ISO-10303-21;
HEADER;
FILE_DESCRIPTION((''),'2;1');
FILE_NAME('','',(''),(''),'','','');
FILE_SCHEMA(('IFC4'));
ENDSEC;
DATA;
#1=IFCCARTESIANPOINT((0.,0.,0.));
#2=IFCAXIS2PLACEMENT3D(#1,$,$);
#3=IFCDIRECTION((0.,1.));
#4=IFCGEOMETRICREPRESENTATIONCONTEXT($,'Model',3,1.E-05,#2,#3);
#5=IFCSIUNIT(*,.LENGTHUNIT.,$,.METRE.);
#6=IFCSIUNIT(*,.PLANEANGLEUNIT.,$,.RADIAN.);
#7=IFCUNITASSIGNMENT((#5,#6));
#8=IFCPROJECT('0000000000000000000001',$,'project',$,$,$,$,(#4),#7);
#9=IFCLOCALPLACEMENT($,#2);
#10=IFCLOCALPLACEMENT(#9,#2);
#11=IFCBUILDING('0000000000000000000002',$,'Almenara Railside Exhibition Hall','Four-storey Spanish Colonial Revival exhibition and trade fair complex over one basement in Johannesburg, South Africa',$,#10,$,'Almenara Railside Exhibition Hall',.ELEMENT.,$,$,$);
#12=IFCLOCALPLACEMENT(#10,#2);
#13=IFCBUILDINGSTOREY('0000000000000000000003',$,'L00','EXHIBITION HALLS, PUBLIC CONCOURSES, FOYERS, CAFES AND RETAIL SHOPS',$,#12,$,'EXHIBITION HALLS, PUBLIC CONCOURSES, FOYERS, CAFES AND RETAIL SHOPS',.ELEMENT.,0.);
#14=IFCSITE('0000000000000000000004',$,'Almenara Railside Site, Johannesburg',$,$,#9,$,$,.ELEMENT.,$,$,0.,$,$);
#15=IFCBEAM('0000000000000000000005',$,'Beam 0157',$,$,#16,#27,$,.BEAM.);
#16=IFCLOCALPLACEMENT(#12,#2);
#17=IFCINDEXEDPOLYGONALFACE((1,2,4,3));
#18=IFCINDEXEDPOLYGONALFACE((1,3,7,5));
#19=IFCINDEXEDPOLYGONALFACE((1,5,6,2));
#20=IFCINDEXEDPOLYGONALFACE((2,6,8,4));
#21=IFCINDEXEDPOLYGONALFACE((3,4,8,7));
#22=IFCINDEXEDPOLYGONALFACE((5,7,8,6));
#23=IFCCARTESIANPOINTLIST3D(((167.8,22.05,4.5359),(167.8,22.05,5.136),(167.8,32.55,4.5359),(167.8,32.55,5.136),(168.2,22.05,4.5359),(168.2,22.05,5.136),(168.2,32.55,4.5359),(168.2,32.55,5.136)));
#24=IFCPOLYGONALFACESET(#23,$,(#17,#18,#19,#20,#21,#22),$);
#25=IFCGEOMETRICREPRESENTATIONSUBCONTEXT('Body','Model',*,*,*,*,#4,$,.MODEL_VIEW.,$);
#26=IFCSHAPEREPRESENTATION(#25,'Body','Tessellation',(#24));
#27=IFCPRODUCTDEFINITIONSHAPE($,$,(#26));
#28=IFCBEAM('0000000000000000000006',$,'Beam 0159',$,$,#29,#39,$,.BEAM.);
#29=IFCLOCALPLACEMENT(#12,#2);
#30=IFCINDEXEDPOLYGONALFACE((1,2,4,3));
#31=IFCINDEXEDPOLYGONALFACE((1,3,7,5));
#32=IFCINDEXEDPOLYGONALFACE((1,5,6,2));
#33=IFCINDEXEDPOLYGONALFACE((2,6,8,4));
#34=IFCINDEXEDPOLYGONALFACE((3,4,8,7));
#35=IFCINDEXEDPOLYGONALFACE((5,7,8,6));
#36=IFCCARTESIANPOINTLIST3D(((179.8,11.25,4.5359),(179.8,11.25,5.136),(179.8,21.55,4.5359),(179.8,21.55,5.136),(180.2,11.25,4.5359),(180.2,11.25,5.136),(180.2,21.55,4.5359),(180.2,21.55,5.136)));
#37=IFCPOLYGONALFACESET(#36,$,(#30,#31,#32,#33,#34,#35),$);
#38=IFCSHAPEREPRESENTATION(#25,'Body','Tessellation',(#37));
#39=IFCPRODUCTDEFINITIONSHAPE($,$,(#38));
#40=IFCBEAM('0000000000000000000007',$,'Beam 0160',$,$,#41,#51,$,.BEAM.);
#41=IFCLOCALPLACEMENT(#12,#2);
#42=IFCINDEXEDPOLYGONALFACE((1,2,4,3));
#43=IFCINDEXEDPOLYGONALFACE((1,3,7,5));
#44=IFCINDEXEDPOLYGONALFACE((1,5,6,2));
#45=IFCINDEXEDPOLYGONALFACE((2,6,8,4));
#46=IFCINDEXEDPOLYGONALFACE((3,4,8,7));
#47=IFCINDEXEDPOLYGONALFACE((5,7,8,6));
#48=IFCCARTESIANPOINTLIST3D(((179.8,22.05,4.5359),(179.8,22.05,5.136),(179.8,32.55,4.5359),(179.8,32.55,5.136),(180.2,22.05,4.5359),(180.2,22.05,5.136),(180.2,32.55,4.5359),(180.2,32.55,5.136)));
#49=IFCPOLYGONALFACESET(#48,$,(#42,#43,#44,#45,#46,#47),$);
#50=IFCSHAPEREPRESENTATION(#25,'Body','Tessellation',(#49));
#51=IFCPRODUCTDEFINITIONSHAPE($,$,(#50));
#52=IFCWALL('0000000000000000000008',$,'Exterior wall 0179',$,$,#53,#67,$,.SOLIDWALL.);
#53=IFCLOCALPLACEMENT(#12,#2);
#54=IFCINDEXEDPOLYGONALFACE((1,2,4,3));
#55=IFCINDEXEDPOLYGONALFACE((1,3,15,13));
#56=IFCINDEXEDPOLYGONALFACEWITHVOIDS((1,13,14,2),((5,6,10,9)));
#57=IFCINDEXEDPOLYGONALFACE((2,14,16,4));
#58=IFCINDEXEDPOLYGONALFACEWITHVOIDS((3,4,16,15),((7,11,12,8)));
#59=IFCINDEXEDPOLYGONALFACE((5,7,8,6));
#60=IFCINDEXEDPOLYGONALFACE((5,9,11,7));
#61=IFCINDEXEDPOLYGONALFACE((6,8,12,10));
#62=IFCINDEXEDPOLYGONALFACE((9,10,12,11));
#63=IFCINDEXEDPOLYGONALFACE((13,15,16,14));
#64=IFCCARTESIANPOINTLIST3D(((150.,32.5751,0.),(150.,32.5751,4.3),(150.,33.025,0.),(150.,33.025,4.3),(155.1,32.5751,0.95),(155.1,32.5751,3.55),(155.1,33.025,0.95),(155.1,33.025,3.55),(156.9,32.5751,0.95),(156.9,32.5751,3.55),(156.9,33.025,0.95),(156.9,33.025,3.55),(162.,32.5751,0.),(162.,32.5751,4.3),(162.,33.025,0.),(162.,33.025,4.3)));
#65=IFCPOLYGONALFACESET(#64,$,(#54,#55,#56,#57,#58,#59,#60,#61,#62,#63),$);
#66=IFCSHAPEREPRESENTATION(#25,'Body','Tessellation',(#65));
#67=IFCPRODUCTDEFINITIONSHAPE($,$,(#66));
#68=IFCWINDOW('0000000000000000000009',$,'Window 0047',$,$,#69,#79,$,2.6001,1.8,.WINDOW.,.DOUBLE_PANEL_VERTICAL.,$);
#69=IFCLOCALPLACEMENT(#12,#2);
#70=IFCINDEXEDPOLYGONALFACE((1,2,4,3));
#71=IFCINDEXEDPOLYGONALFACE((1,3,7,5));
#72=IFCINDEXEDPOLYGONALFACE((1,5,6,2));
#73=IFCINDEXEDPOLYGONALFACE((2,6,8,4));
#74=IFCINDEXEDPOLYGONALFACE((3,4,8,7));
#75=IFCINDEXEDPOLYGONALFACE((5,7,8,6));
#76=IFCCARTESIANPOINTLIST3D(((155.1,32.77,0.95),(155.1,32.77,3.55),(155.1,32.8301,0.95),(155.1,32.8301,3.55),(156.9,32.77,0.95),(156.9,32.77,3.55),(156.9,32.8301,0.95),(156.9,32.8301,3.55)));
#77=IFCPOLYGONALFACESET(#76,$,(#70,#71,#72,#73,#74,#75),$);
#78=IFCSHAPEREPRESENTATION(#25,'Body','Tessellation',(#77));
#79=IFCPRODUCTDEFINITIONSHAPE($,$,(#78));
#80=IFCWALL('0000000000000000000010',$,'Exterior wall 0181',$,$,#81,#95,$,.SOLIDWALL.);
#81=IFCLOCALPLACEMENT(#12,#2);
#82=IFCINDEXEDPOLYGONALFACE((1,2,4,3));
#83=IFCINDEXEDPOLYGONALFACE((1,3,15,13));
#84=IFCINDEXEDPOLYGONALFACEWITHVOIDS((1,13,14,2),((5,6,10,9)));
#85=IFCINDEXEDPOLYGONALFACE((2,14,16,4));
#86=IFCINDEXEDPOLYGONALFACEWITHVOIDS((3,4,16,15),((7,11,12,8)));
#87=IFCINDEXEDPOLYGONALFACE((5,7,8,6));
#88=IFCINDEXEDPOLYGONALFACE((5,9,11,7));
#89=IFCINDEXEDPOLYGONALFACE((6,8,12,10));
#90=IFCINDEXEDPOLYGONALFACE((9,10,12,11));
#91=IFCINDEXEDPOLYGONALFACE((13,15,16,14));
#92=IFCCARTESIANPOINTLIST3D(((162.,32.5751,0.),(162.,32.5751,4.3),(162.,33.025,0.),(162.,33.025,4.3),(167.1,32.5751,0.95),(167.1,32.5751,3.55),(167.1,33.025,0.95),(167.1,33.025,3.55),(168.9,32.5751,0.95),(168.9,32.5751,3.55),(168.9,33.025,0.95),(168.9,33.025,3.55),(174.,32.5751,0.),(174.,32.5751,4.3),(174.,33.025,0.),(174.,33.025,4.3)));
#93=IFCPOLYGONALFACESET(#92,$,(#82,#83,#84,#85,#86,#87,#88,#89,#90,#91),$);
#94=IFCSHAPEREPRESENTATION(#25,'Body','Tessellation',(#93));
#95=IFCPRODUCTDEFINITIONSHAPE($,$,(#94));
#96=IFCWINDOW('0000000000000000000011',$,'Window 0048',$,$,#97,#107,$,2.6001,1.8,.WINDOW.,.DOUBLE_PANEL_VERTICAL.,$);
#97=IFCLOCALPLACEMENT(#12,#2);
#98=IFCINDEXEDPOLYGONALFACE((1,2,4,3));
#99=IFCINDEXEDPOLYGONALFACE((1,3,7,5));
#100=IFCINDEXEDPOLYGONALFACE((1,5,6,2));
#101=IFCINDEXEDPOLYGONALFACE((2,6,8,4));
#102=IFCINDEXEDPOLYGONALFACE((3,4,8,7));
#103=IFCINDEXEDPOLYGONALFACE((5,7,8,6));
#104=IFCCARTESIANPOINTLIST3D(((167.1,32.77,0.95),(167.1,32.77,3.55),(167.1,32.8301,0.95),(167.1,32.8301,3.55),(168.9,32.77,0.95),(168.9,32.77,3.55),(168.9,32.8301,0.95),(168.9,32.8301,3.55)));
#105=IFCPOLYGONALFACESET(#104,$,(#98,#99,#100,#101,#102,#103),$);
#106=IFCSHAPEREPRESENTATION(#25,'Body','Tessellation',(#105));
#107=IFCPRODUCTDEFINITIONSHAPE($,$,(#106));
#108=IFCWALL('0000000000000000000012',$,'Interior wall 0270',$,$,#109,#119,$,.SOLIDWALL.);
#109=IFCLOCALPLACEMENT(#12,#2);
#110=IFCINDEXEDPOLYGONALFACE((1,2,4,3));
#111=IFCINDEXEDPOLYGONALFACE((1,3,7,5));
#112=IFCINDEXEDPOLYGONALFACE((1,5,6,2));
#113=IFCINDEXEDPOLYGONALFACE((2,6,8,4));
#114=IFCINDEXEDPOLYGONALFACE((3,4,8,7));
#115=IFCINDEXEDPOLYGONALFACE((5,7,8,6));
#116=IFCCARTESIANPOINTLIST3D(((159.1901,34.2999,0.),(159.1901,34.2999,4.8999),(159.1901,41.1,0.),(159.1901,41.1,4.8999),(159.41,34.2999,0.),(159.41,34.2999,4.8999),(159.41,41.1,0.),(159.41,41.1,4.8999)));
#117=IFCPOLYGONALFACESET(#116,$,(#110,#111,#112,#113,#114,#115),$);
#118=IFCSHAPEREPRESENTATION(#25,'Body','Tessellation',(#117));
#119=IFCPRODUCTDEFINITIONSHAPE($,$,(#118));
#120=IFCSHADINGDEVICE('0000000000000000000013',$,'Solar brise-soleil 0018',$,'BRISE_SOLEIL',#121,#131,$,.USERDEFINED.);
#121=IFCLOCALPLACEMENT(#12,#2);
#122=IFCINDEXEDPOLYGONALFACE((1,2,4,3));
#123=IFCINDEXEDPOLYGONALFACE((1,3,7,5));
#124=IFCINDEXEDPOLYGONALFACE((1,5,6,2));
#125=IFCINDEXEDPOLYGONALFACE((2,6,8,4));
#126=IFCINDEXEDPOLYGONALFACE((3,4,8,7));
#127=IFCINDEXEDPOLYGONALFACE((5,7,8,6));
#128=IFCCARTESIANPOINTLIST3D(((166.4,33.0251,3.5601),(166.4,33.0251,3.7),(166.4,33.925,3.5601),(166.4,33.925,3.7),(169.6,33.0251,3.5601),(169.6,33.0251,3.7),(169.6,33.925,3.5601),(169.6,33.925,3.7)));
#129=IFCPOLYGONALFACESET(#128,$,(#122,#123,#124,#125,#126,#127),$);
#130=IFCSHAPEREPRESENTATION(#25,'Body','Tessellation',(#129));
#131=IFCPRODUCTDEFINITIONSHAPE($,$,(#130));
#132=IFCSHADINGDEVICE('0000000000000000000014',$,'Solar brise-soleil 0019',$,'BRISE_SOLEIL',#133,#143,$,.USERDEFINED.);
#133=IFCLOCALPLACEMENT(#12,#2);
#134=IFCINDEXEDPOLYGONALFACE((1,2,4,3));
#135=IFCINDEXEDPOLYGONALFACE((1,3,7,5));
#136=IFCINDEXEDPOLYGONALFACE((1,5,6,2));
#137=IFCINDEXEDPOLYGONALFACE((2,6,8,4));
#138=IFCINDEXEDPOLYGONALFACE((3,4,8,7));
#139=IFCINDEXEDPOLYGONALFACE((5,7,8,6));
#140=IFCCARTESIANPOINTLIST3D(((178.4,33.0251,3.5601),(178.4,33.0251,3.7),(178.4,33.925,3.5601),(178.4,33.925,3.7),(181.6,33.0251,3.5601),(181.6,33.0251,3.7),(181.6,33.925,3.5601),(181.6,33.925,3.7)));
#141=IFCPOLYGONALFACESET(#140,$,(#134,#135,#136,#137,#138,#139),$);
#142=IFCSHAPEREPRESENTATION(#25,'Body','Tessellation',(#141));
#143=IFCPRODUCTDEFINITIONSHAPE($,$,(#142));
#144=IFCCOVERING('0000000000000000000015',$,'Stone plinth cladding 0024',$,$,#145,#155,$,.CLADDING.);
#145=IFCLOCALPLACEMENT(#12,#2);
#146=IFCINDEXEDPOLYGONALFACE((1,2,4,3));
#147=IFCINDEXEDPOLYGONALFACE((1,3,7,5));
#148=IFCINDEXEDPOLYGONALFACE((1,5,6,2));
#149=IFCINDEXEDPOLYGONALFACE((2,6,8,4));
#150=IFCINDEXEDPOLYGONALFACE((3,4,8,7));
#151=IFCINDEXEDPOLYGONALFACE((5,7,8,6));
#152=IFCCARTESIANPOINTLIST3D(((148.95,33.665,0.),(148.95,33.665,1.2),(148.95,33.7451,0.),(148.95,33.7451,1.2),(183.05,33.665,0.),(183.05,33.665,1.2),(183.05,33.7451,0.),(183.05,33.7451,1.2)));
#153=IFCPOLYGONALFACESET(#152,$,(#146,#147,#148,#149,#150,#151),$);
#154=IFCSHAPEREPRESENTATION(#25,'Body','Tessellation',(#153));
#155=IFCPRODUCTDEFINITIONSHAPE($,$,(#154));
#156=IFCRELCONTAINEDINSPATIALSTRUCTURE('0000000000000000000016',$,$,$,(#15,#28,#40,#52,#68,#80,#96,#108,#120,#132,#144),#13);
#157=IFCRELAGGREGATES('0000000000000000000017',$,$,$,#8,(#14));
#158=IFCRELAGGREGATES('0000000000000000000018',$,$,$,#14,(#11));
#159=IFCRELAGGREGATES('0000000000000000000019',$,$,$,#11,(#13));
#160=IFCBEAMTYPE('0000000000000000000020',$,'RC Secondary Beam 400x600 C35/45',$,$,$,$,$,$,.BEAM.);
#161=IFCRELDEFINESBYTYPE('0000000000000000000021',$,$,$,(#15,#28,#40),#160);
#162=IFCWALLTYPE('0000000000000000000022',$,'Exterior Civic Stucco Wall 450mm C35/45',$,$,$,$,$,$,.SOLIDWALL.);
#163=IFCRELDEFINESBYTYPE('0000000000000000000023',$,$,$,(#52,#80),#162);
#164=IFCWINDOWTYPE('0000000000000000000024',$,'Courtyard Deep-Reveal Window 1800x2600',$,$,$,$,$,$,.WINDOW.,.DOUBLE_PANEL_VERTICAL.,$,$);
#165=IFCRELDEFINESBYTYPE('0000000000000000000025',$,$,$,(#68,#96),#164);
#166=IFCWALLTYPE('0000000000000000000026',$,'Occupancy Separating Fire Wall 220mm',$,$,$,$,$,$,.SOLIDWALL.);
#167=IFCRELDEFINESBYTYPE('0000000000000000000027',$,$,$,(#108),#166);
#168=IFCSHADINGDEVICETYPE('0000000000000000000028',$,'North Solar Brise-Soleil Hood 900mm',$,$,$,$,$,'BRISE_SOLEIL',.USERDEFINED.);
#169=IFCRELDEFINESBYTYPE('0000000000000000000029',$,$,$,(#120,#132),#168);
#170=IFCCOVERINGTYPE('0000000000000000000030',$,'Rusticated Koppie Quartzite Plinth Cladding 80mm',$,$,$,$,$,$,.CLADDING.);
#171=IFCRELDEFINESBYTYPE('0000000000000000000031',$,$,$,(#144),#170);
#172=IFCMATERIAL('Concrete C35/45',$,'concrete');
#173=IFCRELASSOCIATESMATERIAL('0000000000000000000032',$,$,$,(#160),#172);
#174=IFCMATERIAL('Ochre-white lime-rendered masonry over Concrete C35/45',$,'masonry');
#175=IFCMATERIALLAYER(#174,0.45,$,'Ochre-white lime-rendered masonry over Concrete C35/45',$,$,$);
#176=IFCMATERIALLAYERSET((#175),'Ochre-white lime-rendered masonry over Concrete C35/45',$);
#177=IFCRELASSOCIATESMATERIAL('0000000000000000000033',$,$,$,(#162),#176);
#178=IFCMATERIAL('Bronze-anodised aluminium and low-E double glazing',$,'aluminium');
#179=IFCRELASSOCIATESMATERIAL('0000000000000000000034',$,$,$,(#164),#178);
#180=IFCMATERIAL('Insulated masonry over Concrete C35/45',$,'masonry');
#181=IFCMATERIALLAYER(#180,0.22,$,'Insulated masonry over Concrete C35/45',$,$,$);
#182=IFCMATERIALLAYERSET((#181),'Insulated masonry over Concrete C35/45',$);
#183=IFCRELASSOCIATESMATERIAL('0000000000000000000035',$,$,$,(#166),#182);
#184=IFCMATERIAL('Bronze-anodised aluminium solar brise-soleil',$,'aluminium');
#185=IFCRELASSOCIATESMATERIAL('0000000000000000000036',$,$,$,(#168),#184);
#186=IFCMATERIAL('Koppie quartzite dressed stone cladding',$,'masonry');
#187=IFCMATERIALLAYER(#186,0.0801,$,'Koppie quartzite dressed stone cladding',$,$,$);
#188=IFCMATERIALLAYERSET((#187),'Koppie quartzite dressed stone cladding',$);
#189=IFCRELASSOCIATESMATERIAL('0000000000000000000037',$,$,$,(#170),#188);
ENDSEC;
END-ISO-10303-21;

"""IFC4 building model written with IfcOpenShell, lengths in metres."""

from ifc_helpers import new_model, si_unit, direction, frame, frame_2d, origin, origin_2d, place, context, subcontext, project, spatial, rectangle, extrude, material, layer, layer_set, material_profile, profile_set, type_object, element, fill, save


model = new_model("IFC4")

# Units and contexts
model_context = context("Model", 3, precision=1e-05, world=origin(), true_north=direction((0.0, 1.0)))
body_context = subcontext(model_context, "Body", "Model", "MODEL_VIEW")
ifc_project = project(units=[si_unit("LENGTHUNIT", "METRE"), si_unit("PLANEANGLEUNIT", "RADIAN")], contexts=[model_context])

# Site, building, storey
site_placement = place(None, origin())
site = spatial("IfcSite", under=ifc_project, at=site_placement, Name="Almenara Railside Site, Johannesburg", CompositionType="ELEMENT", RefElevation=0.0)
building_placement = place(site_placement, origin())
building = spatial("IfcBuilding", under=site, at=building_placement, Name="Almenara Railside Exhibition Hall", Description="Four-storey Spanish Colonial Revival exhibition and trade fair complex over one basement in Johannesburg, South Africa", LongName="Almenara Railside Exhibition Hall", CompositionType="ELEMENT")
storey_placement = place(building_placement, origin())
storey = spatial("IfcBuildingStorey", under=building, at=storey_placement, Name="L00", Description="EXHIBITION HALLS, PUBLIC CONCOURSES, FOYERS, CAFES AND RETAIL SHOPS", LongName="EXHIBITION HALLS, PUBLIC CONCOURSES, FOYERS, CAFES AND RETAIL SHOPS", CompositionType="ELEMENT", Elevation=0.0)

# Beams
ifc_material_1 = material(Name="Concrete C35/45", Category="concrete")
ifc_material_profile_1 = material_profile(ifc_material_1, rectangle(XDim=0.3999, YDim=0.6001, at=origin_2d()), Name="RC 400x600")
ifc_profile_set_1 = profile_set([ifc_material_profile_1], Name="Concrete C35/45")
beam_type_1 = type_object("IfcBeamType", Name="RC Secondary Beam 400x600 C35/45", PredefinedType="BEAM", material=ifc_profile_set_1)
beam_1_placement = place(storey_placement, frame((168.0, 22.05, 4.8359), z_axis=(0.0, 1.0, 0.0), x_axis=(-1.0, 0.0, 0.0)))
element("IfcBeam", 1, at=beam_1_placement, inside=storey, type_object=beam_type_1, Name="Beam 0157", PredefinedType="BEAM", context=body_context, shape_type="SweptSolid", body=[
    extrude(rectangle(XDim=0.3999, YDim=0.6001, at=origin_2d()), origin(), (0.0, 0.0, 1.0), 10.5),
])
beam_2_placement = place(storey_placement, frame((180.0, 11.25, 4.8359), z_axis=(0.0, 1.0, 0.0), x_axis=(-1.0, 0.0, 0.0)))
element("IfcBeam", 2, at=beam_2_placement, inside=storey, type_object=beam_type_1, Name="Beam 0159", PredefinedType="BEAM", context=body_context, shape_type="SweptSolid", body=[
    extrude(rectangle(XDim=0.3999, YDim=0.6001, at=origin_2d()), origin(), (0.0, 0.0, 1.0), 10.3),
])
beam_3_placement = place(storey_placement, frame((180.0, 22.05, 4.8359), z_axis=(0.0, 1.0, 0.0), x_axis=(-1.0, 0.0, 0.0)))
element("IfcBeam", 3, at=beam_3_placement, inside=storey, type_object=beam_type_1, Name="Beam 0160", PredefinedType="BEAM", context=body_context, shape_type="SweptSolid", body=[
    extrude(rectangle(XDim=0.3999, YDim=0.6001, at=origin_2d()), origin(), (0.0, 0.0, 1.0), 10.5),
])

# Walls, openings, windows
ifc_material_2 = material(Name="Ochre-white lime-rendered masonry over Concrete C35/45", Category="masonry")
ifc_layer_1 = layer(ifc_material_2, 0.45, Name="Ochre-white lime-rendered masonry over Concrete C35/45")
ifc_layer_set_1 = layer_set([ifc_layer_1], Name="Ochre-white lime-rendered masonry over Concrete C35/45")
wall_type_1 = type_object("IfcWallType", Name="Exterior Civic Stucco Wall 450mm C35/45", PredefinedType="SOLIDWALL", material=ifc_layer_set_1)
wall_1_placement = place(storey_placement, frame((162.0, 32.8, 0.0), z_axis=(0.0, 0.0, 1.0), x_axis=(-1.0, 0.0, 0.0)))
wall_1 = element("IfcWall", 4, at=wall_1_placement, inside=storey, type_object=wall_type_1, Name="Exterior wall 0179", PredefinedType="SOLIDWALL", context=body_context, shape_type="SweptSolid", body=[
    extrude(rectangle(XDim=12.0, YDim=0.45, at=frame_2d((6.0, 0.0))), origin(), (0.0, 0.0, 1.0), 4.3),
])
opening_1_placement = place(wall_1_placement, frame((5.1001, 0.0, 0.95)))
opening_1 = element("IfcOpeningElement", 5, at=opening_1_placement, cuts=wall_1, PredefinedType="OPENING", context=body_context, shape_type="SweptSolid", body=[
    extrude(rectangle(XDim=1.8, YDim=2.6001, at=frame_2d((0.8999, 1.3))), frame((0.0, 0.2349, 0.0), z_axis=(0.0, -1.0, 0.0), x_axis=(1.0, 0.0, 0.0)), (0.0, 0.0, 1.0), 0.47),
])
ifc_material_3 = material(Name="Bronze-anodised aluminium and low-E double glazing", Category="aluminium")
window_type = type_object("IfcWindowType", Name="Courtyard Deep-Reveal Window 1800x2600", PartitioningType="DOUBLE_PANEL_VERTICAL", PredefinedType="WINDOW", material=ifc_material_3)
window_1_placement = place(opening_1_placement, origin())
window_1 = element("IfcWindow", 6, at=window_1_placement, inside=storey, type_object=window_type, Name="Window 0047", OverallHeight=2.6001, OverallWidth=1.8, PartitioningType="DOUBLE_PANEL_VERTICAL", PredefinedType="WINDOW", context=body_context, shape_type="SweptSolid", body=[
    extrude(rectangle(XDim=1.8, YDim=2.6001, at=frame_2d((0.8999, 1.3))), frame((0.0, 0.03, 0.0), z_axis=(0.0, -1.0, 0.0), x_axis=(1.0, 0.0, 0.0)), (0.0, 0.0, 1.0), 0.0601),
])
fill(opening_1, window_1)
wall_2_placement = place(storey_placement, frame((174.0, 32.8, 0.0), z_axis=(0.0, 0.0, 1.0), x_axis=(-1.0, 0.0, 0.0)))
wall_2 = element("IfcWall", 7, at=wall_2_placement, inside=storey, type_object=wall_type_1, Name="Exterior wall 0181", PredefinedType="SOLIDWALL", context=body_context, shape_type="SweptSolid", body=[
    extrude(rectangle(XDim=12.0, YDim=0.45, at=frame_2d((6.0, 0.0))), origin(), (0.0, 0.0, 1.0), 4.3),
])
opening_2_placement = place(wall_2_placement, frame((5.1001, 0.0, 0.95)))
opening_2 = element("IfcOpeningElement", 8, at=opening_2_placement, cuts=wall_2, PredefinedType="OPENING", context=body_context, shape_type="SweptSolid", body=[
    extrude(rectangle(XDim=1.8, YDim=2.6001, at=frame_2d((0.8999, 1.3))), frame((0.0, 0.2349, 0.0), z_axis=(0.0, -1.0, 0.0), x_axis=(1.0, 0.0, 0.0)), (0.0, 0.0, 1.0), 0.47),
])
window_2_placement = place(opening_2_placement, origin())
window_2 = element("IfcWindow", 9, at=window_2_placement, inside=storey, type_object=window_type, Name="Window 0048", OverallHeight=2.6001, OverallWidth=1.8, PartitioningType="DOUBLE_PANEL_VERTICAL", PredefinedType="WINDOW", context=body_context, shape_type="SweptSolid", body=[
    extrude(rectangle(XDim=1.8, YDim=2.6001, at=frame_2d((0.8999, 1.3))), frame((0.0, 0.03, 0.0), z_axis=(0.0, -1.0, 0.0), x_axis=(1.0, 0.0, 0.0)), (0.0, 0.0, 1.0), 0.0601),
])
fill(opening_2, window_2)

# Wall
ifc_material_4 = material(Name="Insulated masonry over Concrete C35/45", Category="masonry")
ifc_layer_2 = layer(ifc_material_4, 0.22, Name="Insulated masonry over Concrete C35/45")
ifc_layer_set_2 = layer_set([ifc_layer_2], Name="Insulated masonry over Concrete C35/45")
wall_type_2 = type_object("IfcWallType", Name="Occupancy Separating Fire Wall 220mm", PredefinedType="SOLIDWALL", material=ifc_layer_set_2)
wall_3_placement = place(storey_placement, frame((159.3, 34.3, 0.0), z_axis=(0.0, 0.0, 1.0), x_axis=(0.0, 1.0, 0.0)))
element("IfcWall", 10, at=wall_3_placement, inside=storey, type_object=wall_type_2, Name="Interior wall 0270", PredefinedType="SOLIDWALL", context=body_context, shape_type="SweptSolid", body=[
    extrude(rectangle(XDim=6.8, YDim=0.22, at=frame_2d((3.3999, 0.0))), origin(), (0.0, 0.0, 1.0), 4.8999),
])

# Shading devices
ifc_material_5 = material(Name="Bronze-anodised aluminium solar brise-soleil", Category="aluminium")
shading_device_type = type_object("IfcShadingDeviceType", Name="North Solar Brise-Soleil Hood 900mm", ElementType="BRISE_SOLEIL", PredefinedType="USERDEFINED", material=ifc_material_5)
for number, where, z_axis, x_axis, name in (
    (11, (168.0, 33.4751, 3.5601), (0.0, 0.0, 1.0), (-1.0, 0.0, 0.0), "Solar brise-soleil 0018"),
    (12, (180.0, 33.4751, 3.5601), (0.0, 0.0, 1.0), (-1.0, 0.0, 0.0), "Solar brise-soleil 0019"),
):
    element("IfcShadingDevice", number, at=place(storey_placement, frame(where, z_axis=z_axis, x_axis=x_axis)), inside=storey, type_object=shading_device_type, Name=name, ObjectType="BRISE_SOLEIL", PredefinedType="USERDEFINED", context=body_context, shape_type="SweptSolid", body=[
        extrude(rectangle(XDim=3.2, YDim=0.8999, at=origin_2d()), origin(), (0.0, 0.0, 1.0), 0.1399),
    ])

# Covering
ifc_material_6 = material(Name="Koppie quartzite dressed stone cladding", Category="masonry")
ifc_layer_3 = layer(ifc_material_6, 0.0801, Name="Koppie quartzite dressed stone cladding")
ifc_layer_set_3 = layer_set([ifc_layer_3], Name="Koppie quartzite dressed stone cladding")
covering_type = type_object("IfcCoveringType", Name="Rusticated Koppie Quartzite Plinth Cladding 80mm", PredefinedType="CLADDING", material=ifc_layer_set_3)
covering_placement = place(storey_placement, frame((166.0, 33.7051, 0.0), z_axis=(0.0, 0.0, 1.0), x_axis=(1.0, 0.0, 0.0)))
element("IfcCovering", 13, at=covering_placement, inside=storey, type_object=covering_type, Name="Stone plinth cladding 0024", PredefinedType="CLADDING", context=body_context, shape_type="SweptSolid", body=[
    extrude(rectangle(XDim=34.1001, YDim=0.0801, at=origin_2d()), origin(), (0.0, 0.0, 1.0), 1.2),
])

save(model, "model.ifc")
